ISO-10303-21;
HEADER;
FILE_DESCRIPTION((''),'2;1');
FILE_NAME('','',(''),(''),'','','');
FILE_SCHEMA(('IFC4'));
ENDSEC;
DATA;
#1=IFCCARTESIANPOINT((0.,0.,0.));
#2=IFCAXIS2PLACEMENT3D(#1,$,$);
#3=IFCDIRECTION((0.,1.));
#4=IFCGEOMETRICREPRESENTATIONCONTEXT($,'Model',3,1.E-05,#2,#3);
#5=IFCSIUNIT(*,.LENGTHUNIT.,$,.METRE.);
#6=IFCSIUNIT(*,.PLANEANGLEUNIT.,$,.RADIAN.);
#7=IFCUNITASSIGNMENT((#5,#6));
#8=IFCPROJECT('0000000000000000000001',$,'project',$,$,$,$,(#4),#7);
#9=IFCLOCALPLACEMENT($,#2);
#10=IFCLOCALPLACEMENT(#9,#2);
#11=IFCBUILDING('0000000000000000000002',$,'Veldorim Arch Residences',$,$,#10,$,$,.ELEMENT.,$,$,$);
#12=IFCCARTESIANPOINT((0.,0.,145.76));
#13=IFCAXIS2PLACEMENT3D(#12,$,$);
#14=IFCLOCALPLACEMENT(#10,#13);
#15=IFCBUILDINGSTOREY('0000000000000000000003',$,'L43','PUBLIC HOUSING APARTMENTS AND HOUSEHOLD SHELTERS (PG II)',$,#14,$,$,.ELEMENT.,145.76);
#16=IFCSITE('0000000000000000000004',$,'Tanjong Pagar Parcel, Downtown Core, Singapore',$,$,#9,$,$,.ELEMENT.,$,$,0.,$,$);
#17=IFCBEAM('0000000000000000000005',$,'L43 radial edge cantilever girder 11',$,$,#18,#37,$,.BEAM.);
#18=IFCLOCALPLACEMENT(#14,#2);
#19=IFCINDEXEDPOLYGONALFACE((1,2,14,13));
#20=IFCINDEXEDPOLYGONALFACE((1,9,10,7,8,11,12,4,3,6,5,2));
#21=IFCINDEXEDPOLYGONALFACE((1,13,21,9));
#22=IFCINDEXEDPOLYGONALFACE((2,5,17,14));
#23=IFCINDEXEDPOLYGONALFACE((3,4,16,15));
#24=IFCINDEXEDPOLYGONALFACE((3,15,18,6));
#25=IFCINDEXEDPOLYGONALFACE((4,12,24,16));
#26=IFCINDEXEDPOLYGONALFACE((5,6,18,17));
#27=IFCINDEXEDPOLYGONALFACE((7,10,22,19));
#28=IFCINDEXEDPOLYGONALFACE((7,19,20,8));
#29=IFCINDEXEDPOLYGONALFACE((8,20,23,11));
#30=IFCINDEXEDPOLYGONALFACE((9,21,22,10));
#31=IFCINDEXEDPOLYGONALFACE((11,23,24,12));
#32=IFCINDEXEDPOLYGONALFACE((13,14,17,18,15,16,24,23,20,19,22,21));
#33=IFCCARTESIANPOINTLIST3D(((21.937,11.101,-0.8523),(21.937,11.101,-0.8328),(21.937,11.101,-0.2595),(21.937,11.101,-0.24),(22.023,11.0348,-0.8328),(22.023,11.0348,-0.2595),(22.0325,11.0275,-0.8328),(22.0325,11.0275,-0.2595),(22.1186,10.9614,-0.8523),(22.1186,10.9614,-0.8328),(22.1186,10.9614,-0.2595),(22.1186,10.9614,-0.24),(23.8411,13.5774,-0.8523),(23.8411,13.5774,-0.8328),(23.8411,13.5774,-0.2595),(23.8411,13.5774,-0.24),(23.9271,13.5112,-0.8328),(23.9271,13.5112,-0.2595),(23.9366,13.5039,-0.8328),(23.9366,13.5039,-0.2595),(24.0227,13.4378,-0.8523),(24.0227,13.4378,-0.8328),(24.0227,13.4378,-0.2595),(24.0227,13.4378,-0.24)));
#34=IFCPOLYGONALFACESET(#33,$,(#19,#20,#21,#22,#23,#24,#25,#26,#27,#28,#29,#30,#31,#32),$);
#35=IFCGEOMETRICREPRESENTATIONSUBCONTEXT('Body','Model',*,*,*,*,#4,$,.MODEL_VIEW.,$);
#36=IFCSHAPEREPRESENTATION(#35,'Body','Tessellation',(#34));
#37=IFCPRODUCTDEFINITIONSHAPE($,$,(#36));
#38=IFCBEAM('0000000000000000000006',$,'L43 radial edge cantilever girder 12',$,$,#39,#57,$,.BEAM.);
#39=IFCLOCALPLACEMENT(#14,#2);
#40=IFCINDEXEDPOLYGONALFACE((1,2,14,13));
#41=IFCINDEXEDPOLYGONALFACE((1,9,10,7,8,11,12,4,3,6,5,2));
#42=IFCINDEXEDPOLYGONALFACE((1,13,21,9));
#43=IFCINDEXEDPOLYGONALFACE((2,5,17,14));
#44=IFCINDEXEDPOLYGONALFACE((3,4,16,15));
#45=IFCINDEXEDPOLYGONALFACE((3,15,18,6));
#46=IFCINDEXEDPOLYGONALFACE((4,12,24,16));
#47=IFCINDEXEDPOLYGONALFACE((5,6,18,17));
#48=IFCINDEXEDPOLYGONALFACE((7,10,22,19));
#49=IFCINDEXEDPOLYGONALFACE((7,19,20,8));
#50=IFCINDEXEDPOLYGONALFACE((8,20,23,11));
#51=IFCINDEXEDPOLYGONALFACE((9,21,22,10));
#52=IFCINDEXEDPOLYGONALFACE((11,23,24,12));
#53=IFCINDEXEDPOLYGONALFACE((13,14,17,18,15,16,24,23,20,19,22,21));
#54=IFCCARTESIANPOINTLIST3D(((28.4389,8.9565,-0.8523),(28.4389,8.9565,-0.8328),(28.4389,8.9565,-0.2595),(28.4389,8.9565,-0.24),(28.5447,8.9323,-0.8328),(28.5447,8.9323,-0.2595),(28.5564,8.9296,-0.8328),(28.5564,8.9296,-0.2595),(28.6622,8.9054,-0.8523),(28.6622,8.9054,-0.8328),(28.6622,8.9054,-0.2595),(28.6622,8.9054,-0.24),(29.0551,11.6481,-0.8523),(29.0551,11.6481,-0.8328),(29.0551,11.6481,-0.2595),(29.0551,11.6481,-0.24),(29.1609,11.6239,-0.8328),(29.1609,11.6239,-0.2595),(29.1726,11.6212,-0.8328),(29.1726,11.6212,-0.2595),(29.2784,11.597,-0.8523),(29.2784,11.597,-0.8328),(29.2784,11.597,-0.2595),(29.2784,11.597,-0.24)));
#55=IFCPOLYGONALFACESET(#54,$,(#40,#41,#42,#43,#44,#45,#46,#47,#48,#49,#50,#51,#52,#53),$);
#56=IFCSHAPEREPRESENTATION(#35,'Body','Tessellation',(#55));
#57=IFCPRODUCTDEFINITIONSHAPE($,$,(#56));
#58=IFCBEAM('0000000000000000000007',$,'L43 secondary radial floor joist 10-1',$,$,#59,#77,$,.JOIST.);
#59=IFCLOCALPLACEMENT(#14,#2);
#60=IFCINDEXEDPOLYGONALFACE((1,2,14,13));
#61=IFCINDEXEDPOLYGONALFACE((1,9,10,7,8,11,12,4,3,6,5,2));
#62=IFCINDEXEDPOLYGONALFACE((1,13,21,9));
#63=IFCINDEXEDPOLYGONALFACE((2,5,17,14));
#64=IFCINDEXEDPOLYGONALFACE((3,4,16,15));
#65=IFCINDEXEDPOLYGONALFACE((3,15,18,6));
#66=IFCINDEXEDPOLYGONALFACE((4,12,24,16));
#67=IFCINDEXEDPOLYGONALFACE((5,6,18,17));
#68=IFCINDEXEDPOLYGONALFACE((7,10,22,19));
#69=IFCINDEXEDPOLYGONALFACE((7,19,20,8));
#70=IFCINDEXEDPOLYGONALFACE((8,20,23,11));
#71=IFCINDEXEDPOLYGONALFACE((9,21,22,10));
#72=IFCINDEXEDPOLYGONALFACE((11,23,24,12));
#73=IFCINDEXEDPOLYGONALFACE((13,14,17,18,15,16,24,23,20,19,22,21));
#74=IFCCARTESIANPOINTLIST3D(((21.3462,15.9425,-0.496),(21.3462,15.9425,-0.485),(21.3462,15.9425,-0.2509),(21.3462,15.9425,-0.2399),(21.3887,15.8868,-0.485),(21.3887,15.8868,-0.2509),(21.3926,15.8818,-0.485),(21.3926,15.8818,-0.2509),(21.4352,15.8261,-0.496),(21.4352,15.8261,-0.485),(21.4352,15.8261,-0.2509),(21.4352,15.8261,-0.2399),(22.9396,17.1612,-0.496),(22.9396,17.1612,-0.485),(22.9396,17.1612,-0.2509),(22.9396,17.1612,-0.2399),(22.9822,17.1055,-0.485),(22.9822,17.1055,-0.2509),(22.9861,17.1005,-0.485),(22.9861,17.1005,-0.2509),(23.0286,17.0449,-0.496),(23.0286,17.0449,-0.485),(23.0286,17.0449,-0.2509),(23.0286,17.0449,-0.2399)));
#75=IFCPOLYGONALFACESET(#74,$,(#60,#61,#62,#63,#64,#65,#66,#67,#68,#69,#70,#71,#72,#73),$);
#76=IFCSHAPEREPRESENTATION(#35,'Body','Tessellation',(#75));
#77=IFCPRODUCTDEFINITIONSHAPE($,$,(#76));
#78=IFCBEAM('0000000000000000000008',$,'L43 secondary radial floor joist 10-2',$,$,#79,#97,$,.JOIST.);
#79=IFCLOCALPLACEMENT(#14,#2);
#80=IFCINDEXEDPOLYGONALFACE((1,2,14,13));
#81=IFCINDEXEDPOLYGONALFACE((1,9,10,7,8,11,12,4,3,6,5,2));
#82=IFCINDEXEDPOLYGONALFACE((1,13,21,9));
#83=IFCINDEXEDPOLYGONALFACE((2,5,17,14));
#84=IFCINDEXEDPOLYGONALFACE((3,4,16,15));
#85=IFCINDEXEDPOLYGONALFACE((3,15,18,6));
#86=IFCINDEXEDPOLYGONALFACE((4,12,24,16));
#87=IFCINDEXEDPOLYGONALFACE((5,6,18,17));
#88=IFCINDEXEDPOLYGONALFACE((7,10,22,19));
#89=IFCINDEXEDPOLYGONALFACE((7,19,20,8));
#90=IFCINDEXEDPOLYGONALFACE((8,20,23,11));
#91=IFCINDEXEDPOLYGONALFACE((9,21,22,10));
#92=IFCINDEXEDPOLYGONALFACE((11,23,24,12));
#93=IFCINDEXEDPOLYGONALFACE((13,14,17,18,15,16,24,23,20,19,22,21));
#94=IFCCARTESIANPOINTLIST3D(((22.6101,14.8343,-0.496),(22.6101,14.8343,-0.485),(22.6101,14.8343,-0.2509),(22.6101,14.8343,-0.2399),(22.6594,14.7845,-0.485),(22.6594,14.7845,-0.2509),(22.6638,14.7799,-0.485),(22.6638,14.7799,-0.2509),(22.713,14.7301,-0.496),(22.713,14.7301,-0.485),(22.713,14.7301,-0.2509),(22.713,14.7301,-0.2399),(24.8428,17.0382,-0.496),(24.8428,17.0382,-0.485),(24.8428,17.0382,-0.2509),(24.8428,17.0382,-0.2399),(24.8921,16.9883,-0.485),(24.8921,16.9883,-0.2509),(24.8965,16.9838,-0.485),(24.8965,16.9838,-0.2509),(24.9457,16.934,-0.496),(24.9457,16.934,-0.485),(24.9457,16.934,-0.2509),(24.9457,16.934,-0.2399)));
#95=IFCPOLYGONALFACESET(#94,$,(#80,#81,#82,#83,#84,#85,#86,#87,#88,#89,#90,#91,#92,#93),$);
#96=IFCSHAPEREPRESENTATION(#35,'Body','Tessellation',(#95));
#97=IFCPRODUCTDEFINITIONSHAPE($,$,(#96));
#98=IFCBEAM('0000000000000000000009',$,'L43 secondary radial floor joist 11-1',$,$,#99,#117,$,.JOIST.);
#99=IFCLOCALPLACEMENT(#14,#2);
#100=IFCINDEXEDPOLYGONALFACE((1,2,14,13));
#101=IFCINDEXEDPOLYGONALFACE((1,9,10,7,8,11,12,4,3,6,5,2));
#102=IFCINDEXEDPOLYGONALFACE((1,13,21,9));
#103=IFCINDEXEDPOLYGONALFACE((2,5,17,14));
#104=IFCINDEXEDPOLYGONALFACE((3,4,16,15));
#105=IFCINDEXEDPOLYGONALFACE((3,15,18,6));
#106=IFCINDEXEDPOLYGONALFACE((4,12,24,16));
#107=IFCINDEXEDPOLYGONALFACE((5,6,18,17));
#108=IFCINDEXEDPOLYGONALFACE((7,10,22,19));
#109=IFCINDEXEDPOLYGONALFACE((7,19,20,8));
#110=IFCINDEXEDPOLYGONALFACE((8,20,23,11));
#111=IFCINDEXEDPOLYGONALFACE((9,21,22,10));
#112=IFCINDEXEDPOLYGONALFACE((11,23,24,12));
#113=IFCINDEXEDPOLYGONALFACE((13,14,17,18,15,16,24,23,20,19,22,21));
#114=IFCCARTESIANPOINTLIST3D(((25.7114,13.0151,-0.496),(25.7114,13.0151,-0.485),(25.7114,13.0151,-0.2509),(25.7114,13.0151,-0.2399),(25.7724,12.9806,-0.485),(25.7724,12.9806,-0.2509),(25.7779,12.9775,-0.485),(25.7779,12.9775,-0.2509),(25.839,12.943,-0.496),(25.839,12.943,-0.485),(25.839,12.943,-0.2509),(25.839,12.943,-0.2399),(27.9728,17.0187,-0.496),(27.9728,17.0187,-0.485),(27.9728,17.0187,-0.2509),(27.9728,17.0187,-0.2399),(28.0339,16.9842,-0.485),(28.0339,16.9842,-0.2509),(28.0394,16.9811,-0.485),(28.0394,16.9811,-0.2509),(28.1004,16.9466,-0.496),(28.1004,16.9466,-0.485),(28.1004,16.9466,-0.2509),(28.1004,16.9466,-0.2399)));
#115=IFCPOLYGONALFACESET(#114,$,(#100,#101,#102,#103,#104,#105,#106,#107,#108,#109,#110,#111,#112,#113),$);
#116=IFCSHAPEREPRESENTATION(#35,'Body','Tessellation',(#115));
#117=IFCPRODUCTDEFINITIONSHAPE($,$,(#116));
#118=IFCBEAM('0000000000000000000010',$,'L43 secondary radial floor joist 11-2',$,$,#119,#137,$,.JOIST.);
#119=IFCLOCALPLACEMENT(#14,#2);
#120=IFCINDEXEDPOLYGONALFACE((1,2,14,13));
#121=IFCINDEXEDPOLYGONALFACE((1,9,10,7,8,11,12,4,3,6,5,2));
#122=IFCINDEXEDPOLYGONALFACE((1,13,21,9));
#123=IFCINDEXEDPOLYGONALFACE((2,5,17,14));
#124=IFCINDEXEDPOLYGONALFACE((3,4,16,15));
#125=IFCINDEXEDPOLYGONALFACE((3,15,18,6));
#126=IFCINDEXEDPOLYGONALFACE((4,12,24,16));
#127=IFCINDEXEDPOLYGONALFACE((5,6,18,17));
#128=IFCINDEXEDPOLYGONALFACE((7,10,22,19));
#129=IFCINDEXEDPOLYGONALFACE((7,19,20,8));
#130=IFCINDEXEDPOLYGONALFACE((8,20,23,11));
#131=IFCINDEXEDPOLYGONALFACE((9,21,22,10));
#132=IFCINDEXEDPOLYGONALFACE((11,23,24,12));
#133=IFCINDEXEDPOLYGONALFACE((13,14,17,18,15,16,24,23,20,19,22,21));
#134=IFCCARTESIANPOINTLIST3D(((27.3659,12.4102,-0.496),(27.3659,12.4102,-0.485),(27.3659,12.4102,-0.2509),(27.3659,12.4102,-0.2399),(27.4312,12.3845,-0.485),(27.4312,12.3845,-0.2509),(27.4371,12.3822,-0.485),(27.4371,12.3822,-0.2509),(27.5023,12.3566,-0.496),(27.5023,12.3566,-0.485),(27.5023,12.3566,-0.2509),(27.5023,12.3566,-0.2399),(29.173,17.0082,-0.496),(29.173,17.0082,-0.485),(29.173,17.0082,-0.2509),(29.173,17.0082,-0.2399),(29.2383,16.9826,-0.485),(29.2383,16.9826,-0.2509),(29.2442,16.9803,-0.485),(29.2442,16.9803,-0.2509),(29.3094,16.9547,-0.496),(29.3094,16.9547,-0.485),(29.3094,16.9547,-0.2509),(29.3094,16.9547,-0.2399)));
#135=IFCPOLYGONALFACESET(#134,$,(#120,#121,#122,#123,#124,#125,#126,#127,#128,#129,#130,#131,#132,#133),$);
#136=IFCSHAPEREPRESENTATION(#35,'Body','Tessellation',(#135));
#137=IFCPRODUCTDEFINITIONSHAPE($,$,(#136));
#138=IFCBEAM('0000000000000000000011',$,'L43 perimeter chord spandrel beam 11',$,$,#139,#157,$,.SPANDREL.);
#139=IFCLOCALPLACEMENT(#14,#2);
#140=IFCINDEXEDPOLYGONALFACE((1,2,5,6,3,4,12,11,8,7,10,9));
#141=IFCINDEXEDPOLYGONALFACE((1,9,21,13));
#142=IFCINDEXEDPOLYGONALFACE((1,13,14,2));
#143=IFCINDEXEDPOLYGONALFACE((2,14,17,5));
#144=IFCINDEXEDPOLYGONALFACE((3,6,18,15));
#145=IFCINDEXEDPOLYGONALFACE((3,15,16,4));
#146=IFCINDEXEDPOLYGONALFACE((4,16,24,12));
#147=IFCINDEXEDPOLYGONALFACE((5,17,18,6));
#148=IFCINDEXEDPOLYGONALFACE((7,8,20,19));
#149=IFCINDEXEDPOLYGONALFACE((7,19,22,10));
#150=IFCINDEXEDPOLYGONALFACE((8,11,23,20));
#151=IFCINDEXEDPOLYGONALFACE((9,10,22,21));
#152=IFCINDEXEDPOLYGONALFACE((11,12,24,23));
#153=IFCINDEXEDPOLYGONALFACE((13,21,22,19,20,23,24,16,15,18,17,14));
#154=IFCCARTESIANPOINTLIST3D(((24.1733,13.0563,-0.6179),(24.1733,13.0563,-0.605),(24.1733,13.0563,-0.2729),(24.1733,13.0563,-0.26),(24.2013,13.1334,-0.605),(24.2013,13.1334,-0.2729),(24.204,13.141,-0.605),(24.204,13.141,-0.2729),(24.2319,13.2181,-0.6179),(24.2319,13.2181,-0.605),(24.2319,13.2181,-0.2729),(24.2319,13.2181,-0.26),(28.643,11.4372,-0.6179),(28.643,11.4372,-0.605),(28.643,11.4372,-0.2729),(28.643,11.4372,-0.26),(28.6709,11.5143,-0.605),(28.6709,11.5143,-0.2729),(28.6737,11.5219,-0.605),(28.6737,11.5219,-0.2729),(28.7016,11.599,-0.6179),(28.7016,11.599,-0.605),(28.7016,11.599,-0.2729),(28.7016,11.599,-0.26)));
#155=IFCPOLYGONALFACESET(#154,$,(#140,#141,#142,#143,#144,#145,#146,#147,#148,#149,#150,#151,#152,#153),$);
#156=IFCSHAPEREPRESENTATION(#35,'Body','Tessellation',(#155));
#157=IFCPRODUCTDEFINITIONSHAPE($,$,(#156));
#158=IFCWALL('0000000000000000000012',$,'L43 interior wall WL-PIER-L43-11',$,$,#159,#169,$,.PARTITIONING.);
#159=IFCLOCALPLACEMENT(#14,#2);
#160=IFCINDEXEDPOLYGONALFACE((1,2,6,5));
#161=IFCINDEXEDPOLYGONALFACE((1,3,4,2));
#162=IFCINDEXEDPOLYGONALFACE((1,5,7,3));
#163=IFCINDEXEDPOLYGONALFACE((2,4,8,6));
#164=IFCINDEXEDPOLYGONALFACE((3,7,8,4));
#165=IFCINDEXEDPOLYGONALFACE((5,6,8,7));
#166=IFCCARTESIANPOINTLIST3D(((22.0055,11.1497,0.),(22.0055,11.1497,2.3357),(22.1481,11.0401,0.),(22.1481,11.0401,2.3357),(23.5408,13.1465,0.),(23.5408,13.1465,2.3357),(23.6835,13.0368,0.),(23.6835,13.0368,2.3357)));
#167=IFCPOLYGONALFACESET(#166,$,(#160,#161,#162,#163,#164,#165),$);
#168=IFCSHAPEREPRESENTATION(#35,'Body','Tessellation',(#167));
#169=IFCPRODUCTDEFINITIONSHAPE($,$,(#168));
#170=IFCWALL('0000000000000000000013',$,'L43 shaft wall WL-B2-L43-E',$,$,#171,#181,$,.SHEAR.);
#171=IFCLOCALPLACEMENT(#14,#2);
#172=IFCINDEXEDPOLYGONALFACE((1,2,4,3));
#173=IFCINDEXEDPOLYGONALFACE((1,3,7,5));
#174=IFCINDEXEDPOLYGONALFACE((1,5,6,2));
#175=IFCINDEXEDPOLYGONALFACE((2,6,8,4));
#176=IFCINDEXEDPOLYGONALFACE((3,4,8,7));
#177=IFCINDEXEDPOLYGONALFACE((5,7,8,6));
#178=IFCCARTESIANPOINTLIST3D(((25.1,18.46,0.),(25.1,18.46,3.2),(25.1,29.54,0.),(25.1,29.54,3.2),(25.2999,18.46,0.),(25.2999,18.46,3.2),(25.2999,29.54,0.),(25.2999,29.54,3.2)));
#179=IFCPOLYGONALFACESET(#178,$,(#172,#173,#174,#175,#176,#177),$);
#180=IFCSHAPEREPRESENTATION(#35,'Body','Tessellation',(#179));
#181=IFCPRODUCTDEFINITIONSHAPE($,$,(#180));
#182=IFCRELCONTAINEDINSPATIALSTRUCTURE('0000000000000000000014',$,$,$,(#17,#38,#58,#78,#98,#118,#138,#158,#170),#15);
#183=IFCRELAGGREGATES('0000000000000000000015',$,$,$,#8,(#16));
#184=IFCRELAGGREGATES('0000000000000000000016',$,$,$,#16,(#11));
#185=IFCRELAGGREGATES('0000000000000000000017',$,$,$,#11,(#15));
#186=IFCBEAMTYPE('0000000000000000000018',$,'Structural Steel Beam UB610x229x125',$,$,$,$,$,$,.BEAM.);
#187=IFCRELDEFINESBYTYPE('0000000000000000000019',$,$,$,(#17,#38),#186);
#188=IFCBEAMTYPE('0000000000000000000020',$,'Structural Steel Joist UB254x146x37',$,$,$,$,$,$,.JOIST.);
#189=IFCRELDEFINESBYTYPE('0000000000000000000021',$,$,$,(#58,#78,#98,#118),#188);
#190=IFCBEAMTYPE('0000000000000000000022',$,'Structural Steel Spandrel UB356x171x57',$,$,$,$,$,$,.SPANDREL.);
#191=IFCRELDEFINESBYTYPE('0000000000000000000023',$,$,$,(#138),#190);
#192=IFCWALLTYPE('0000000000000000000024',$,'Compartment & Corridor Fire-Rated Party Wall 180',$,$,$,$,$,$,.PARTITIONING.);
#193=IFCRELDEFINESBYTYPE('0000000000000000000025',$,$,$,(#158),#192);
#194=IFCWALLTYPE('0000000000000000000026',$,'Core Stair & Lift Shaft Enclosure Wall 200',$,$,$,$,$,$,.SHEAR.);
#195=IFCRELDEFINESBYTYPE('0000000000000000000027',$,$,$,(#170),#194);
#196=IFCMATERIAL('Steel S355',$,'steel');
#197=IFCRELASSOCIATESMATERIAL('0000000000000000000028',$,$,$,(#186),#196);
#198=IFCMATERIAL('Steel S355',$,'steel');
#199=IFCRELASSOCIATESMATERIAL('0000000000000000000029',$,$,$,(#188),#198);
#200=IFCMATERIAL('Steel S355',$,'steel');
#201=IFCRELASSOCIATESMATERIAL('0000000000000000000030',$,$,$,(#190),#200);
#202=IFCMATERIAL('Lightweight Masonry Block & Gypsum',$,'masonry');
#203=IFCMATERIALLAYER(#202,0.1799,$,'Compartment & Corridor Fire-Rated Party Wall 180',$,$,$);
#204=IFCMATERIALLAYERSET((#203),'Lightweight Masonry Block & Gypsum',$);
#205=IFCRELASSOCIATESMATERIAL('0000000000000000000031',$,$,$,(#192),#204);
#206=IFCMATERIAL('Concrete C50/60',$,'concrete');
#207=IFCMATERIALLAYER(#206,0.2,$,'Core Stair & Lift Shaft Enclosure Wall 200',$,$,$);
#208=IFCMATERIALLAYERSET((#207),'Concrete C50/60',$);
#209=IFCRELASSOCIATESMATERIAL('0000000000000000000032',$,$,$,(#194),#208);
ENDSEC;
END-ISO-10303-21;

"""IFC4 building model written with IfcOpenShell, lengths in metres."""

from ifc_helpers import new_model, si_unit, direction, frame, frame_2d, origin, origin_2d, place, context, subcontext, project, spatial, rectangle, i_section, extrude, material, layer, layer_set, material_profile, profile_set, type_object, element, save


model = new_model("IFC4")

# Units and contexts
model_context = context("Model", 3, precision=1e-05, world=origin(), true_north=direction((0.0, 1.0)))
body_context = subcontext(model_context, "Body", "Model", "MODEL_VIEW")
ifc_project = project(units=[si_unit("LENGTHUNIT", "METRE"), si_unit("PLANEANGLEUNIT", "RADIAN")], contexts=[model_context])

# Site, building, storey
site_placement = place(None, origin())
site = spatial("IfcSite", under=ifc_project, at=site_placement, Name="Tanjong Pagar Parcel, Downtown Core, Singapore", CompositionType="ELEMENT", RefElevation=0.0)
building_placement = place(site_placement, origin())
building = spatial("IfcBuilding", under=site, at=building_placement, Name="Veldorim Arch Residences", CompositionType="ELEMENT")
storey_placement = place(building_placement, frame((0.0, 0.0, 145.76)))
storey = spatial("IfcBuildingStorey", under=building, at=storey_placement, Name="L43", Description="PUBLIC HOUSING APARTMENTS AND HOUSEHOLD SHELTERS (PG II)", CompositionType="ELEMENT", Elevation=145.76)

# Beams
ifc_material_1 = material(Name="Steel S355", Category="steel")
ifc_material_profile_1 = material_profile(ifc_material_1, i_section(OverallWidth=0.229, OverallDepth=0.6123, WebThickness=0.012, FlangeThickness=0.0195, at=origin_2d()), Name="UB610x229x125")
ifc_profile_set_1 = profile_set([ifc_material_profile_1], Name="Steel S355")
beam_type_1 = type_object("IfcBeamType", Name="Structural Steel Beam UB610x229x125", PredefinedType="BEAM", material=ifc_profile_set_1)
beam_1_placement = place(storey_placement, frame((23.9319, 13.5076, -0.5461), z_axis=(-0.609548, -0.792749, 0.0), x_axis=(0.792749, -0.609548, 0.0)))
element("IfcBeam", 1, at=beam_1_placement, inside=storey, type_object=beam_type_1, Name="L43 radial edge cantilever girder 11", PredefinedType="BEAM", context=body_context, shape_type="SweptSolid", body=[
    extrude(i_section(OverallWidth=0.229, OverallDepth=0.6123, WebThickness=0.012, FlangeThickness=0.0195, at=origin_2d()), origin(), (0.0, 0.0, 1.0), 3.1238),
])
beam_2_placement = place(storey_placement, frame((29.1667, 11.6226, -0.5461), z_axis=(-0.223161, -0.974782, 0.0), x_axis=(0.974782, -0.223161, 0.0)))
element("IfcBeam", 2, at=beam_2_placement, inside=storey, type_object=beam_type_1, Name="L43 radial edge cantilever girder 12", PredefinedType="BEAM", context=body_context, shape_type="SweptSolid", body=[
    extrude(i_section(OverallWidth=0.229, OverallDepth=0.6123, WebThickness=0.012, FlangeThickness=0.0195, at=origin_2d()), origin(), (0.0, 0.0, 1.0), 2.7612),
])
ifc_material_2 = material(Name="Steel S355", Category="steel")
ifc_material_profile_2 = material_profile(ifc_material_2, i_section(OverallWidth=0.1465, OverallDepth=0.2561, WebThickness=0.0063, FlangeThickness=0.011, at=origin_2d()), Name="UB254x146x37")
ifc_profile_set_2 = profile_set([ifc_material_profile_2], Name="Steel S355")
beam_type_2 = type_object("IfcBeamType", Name="Structural Steel Joist UB254x146x37", PredefinedType="JOIST", material=ifc_profile_set_2)
beam_3_placement = place(storey_placement, frame((22.9841, 17.103, -0.3679), z_axis=(-0.794313, -0.607509, 0.0), x_axis=(0.607509, -0.794313, 0.0)))
element("IfcBeam", 3, at=beam_3_placement, inside=storey, type_object=beam_type_2, Name="L43 secondary radial floor joist 10-1", PredefinedType="JOIST", context=body_context, shape_type="SweptSolid", body=[
    extrude(i_section(OverallWidth=0.1465, OverallDepth=0.2561, WebThickness=0.0063, FlangeThickness=0.011, at=origin_2d()), origin(), (0.0, 0.0, 1.0), 2.0061),
])
beam_4_placement = place(storey_placement, frame((24.8943, 16.9861, -0.3679), z_axis=(-0.711683, -0.7025, 0.0), x_axis=(0.7025, -0.711683, 0.0)))
element("IfcBeam", 4, at=beam_4_placement, inside=storey, type_object=beam_type_2, Name="L43 secondary radial floor joist 10-2", PredefinedType="JOIST", context=body_context, shape_type="SweptSolid", body=[
    extrude(i_section(OverallWidth=0.1465, OverallDepth=0.2561, WebThickness=0.0063, FlangeThickness=0.011, at=origin_2d()), origin(), (0.0, 0.0, 1.0), 3.1372),
])
beam_5_placement = place(storey_placement, frame((28.0366, 16.9827, -0.3679), z_axis=(-0.491816, -0.870699, 0.0), x_axis=(0.870699, -0.491816, 0.0)))
element("IfcBeam", 5, at=beam_5_placement, inside=storey, type_object=beam_type_2, Name="L43 secondary radial floor joist 11-1", PredefinedType="JOIST", context=body_context, shape_type="SweptSolid", body=[
    extrude(i_section(OverallWidth=0.1465, OverallDepth=0.2561, WebThickness=0.0063, FlangeThickness=0.011, at=origin_2d()), origin(), (0.0, 0.0, 1.0), 4.5981),
])
beam_6_placement = place(storey_placement, frame((29.2412, 16.9814, -0.3679), z_axis=(-0.365778, -0.930702, 0.0), x_axis=(0.930702, -0.365778, 0.0)))
element("IfcBeam", 6, at=beam_6_placement, inside=storey, type_object=beam_type_2, Name="L43 secondary radial floor joist 11-2", PredefinedType="JOIST", context=body_context, shape_type="SweptSolid", body=[
    extrude(i_section(OverallWidth=0.1465, OverallDepth=0.2561, WebThickness=0.0063, FlangeThickness=0.011, at=origin_2d()), origin(), (0.0, 0.0, 1.0), 4.9404),
])
ifc_material_3 = material(Name="Steel S355", Category="steel")
ifc_material_profile_3 = material_profile(ifc_material_3, i_section(OverallWidth=0.1721, OverallDepth=0.3579, WebThickness=0.0081, FlangeThickness=0.0129, at=origin_2d()), Name="UB356x171x57")
ifc_profile_set_3 = profile_set([ifc_material_profile_3], Name="Steel S355")
beam_type_3 = type_object("IfcBeamType", Name="Structural Steel Spandrel UB356x171x57", PredefinedType="SPANDREL", material=ifc_profile_set_3)
beam_7_placement = place(storey_placement, frame((24.2026, 13.1372, -0.439), z_axis=(0.940213, -0.340588, 0.0), x_axis=(0.340588, 0.940213, 0.0)))
element("IfcBeam", 7, at=beam_7_placement, inside=storey, type_object=beam_type_3, Name="L43 perimeter chord spandrel beam 11", PredefinedType="SPANDREL", context=body_context, shape_type="SweptSolid", body=[
    extrude(i_section(OverallWidth=0.1721, OverallDepth=0.3579, WebThickness=0.0081, FlangeThickness=0.0129, at=origin_2d()), origin(), (0.0, 0.0, 1.0), 4.7539),
])

# Walls
ifc_material_4 = material(Name="Lightweight Masonry Block & Gypsum", Category="masonry")
ifc_layer_1 = layer(ifc_material_4, 0.1799, Name="Compartment & Corridor Fire-Rated Party Wall 180")
ifc_layer_set_1 = layer_set([ifc_layer_1], Name="Lightweight Masonry Block & Gypsum")
wall_type_1 = type_object("IfcWallType", Name="Compartment & Corridor Fire-Rated Party Wall 180", PredefinedType="PARTITIONING", material=ifc_layer_set_1)
wall_1_placement = place(storey_placement, frame((23.6121, 13.0916, 0.0), z_axis=(0.0, 0.0, 1.0), x_axis=(-0.609556, -0.792743, 0.0)))
element("IfcWall", 8, at=wall_1_placement, inside=storey, type_object=wall_type_1, Name="L43 interior wall WL-PIER-L43-11", PredefinedType="PARTITIONING", context=body_context, shape_type="SweptSolid", body=[
    extrude(rectangle(XDim=2.5188, YDim=0.1799, at=frame_2d((1.2593, 0.0))), origin(), (0.0, 0.0, 1.0), 2.3357),
])
ifc_material_5 = material(Name="Concrete C50/60", Category="concrete")
ifc_layer_2 = layer(ifc_material_5, 0.2, Name="Core Stair & Lift Shaft Enclosure Wall 200")
ifc_layer_set_2 = layer_set([ifc_layer_2], Name="Concrete C50/60")
wall_type_2 = type_object("IfcWallType", Name="Core Stair & Lift Shaft Enclosure Wall 200", PredefinedType="SHEAR", material=ifc_layer_set_2)
wall_2_placement = place(storey_placement, frame((25.2, 18.46, 0.0), z_axis=(0.0, 0.0, 1.0), x_axis=(0.0, 1.0, 0.0)))
element("IfcWall", 9, at=wall_2_placement, inside=storey, type_object=wall_type_2, Name="L43 shaft wall WL-B2-L43-E", PredefinedType="SHEAR", context=body_context, shape_type="SweptSolid", body=[
    extrude(rectangle(XDim=11.0801, YDim=0.2, at=frame_2d((5.54, 0.0))), origin(), (0.0, 0.0, 1.0), 3.2),
])

save(model, "model.ifc")
